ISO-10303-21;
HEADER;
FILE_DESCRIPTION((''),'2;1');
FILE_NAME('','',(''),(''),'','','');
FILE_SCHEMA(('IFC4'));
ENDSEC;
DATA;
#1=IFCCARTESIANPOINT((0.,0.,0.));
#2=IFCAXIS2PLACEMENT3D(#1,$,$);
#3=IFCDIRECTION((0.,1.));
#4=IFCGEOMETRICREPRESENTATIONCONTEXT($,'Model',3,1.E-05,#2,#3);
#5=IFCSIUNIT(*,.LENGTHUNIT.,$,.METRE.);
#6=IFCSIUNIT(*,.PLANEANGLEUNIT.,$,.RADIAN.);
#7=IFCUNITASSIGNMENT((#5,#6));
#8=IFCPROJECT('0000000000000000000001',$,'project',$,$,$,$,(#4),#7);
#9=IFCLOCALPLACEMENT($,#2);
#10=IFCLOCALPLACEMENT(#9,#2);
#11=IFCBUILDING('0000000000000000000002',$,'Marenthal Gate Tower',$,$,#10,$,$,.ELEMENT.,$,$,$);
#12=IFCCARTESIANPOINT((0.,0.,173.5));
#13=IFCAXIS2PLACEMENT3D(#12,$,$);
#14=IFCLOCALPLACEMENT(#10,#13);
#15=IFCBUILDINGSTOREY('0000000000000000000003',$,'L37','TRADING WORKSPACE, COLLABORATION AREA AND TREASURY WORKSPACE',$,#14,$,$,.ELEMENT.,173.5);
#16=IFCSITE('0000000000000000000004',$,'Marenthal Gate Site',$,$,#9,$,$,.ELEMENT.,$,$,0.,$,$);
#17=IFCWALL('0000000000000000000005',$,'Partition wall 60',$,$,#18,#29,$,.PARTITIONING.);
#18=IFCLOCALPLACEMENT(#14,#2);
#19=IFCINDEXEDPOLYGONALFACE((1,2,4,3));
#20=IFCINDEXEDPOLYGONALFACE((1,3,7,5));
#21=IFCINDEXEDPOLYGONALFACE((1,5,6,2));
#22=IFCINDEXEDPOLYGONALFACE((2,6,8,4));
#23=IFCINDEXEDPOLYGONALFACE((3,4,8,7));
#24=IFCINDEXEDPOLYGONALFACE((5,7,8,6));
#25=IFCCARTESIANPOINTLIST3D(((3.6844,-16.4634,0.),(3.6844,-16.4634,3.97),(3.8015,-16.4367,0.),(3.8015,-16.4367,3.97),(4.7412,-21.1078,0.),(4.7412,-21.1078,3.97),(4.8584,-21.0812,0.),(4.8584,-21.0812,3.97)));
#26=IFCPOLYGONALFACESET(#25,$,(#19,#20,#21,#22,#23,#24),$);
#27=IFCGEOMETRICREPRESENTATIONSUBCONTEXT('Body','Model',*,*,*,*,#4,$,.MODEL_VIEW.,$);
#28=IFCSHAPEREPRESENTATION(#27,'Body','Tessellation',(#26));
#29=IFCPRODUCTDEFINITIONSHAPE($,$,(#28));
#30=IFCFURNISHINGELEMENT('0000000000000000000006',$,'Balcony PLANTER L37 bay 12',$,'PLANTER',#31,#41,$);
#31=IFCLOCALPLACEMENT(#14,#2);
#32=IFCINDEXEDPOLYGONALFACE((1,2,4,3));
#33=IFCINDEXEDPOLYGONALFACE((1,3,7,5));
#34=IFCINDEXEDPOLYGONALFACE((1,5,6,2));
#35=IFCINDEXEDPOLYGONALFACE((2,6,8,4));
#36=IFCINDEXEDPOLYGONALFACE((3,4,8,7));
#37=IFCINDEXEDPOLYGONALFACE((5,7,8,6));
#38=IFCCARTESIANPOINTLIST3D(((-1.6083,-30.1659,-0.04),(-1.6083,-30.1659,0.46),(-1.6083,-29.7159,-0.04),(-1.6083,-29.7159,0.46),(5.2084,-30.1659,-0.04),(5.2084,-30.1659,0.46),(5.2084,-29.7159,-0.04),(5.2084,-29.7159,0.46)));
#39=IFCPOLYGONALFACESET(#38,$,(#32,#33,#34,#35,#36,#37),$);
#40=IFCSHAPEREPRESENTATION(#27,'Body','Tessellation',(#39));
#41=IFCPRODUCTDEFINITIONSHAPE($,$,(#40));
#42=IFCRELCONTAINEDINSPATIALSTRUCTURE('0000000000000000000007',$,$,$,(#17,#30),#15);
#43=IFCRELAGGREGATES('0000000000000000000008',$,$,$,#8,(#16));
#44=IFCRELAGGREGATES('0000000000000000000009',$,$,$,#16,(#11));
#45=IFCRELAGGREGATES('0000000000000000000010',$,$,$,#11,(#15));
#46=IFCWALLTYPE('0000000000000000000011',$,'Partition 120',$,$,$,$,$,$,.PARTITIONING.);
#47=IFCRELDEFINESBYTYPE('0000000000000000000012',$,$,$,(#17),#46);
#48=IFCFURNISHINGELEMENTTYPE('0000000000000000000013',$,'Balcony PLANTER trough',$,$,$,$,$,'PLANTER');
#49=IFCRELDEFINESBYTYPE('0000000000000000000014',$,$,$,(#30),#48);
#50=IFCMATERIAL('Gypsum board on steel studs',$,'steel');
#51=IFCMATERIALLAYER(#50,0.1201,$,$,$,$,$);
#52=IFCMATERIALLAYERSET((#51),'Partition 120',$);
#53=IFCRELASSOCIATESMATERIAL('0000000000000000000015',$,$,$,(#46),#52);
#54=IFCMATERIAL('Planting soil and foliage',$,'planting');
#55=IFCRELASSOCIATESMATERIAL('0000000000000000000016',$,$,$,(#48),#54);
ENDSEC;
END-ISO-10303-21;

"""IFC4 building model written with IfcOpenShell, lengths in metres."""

from ifc_helpers import new_model, si_unit, direction, frame, frame_2d, origin, origin_2d, place, context, subcontext, project, spatial, rectangle, extrude, material, layer, layer_set, type_object, element, save


model = new_model("IFC4")

# Units and contexts
model_context = context("Model", 3, precision=1e-05, world=origin(), true_north=direction((0.0, 1.0)))
body_context = subcontext(model_context, "Body", "Model", "MODEL_VIEW")
ifc_project = project(units=[si_unit("LENGTHUNIT", "METRE"), si_unit("PLANEANGLEUNIT", "RADIAN")], contexts=[model_context])

# Site, building, storey
site_placement = place(None, origin())
site = spatial("IfcSite", under=ifc_project, at=site_placement, Name="Marenthal Gate Site", CompositionType="ELEMENT", RefElevation=0.0)
building_placement = place(site_placement, origin())
building = spatial("IfcBuilding", under=site, at=building_placement, Name="Marenthal Gate Tower", CompositionType="ELEMENT")
storey_placement = place(building_placement, frame((0.0, 0.0, 173.5)))
storey = spatial("IfcBuildingStorey", under=building, at=storey_placement, Name="L37", Description="TRADING WORKSPACE, COLLABORATION AREA AND TREASURY WORKSPACE", CompositionType="ELEMENT", Elevation=173.5)

# Wall
ifc_material_1 = material(Name="Gypsum board on steel studs", Category="steel")
ifc_layer_1 = layer(ifc_material_1, 0.1201)
ifc_layer_set_1 = layer_set([ifc_layer_1], Name="Partition 120")
wall_type = type_object("IfcWallType", Name="Partition 120", PredefinedType="PARTITIONING", material=ifc_layer_set_1)
wall_1_placement = place(storey_placement, frame((4.7998, -21.0945, 0.0), z_axis=(0.0, 0.0, 1.0), x_axis=(-0.221883, 0.975073, 0.0)))
element("IfcWall", 1, at=wall_1_placement, inside=storey, type_object=wall_type, Name="Partition wall 60", PredefinedType="PARTITIONING", context=body_context, shape_type="SweptSolid", body=[
    extrude(rectangle(XDim=4.7632, YDim=0.1201, at=frame_2d((2.3816, 0.0))), origin(), (0.0, 0.0, 1.0), 3.97),
])

# Furnishing element
ifc_material_2 = material(Name="Planting soil and foliage", Category="planting")
furnishing_element_type = type_object("IfcFurnishingElementType", Name="Balcony PLANTER trough", ElementType="PLANTER", material=ifc_material_2)
furnishing_placement = place(storey_placement, frame((1.8, -29.9409, -0.04), z_axis=(0.0, 0.0, 1.0), x_axis=(1.0, 0.0, 0.0)))
element("IfcFurnishingElement", 2, at=furnishing_placement, inside=storey, type_object=furnishing_element_type, Name="Balcony PLANTER L37 bay 12", ObjectType="PLANTER", context=body_context, shape_type="SweptSolid", body=[
    extrude(rectangle(XDim=6.8167, YDim=0.45, at=origin_2d()), origin(), (0.0, 0.0, 1.0), 0.5),
])

save(model, "model.ifc")
